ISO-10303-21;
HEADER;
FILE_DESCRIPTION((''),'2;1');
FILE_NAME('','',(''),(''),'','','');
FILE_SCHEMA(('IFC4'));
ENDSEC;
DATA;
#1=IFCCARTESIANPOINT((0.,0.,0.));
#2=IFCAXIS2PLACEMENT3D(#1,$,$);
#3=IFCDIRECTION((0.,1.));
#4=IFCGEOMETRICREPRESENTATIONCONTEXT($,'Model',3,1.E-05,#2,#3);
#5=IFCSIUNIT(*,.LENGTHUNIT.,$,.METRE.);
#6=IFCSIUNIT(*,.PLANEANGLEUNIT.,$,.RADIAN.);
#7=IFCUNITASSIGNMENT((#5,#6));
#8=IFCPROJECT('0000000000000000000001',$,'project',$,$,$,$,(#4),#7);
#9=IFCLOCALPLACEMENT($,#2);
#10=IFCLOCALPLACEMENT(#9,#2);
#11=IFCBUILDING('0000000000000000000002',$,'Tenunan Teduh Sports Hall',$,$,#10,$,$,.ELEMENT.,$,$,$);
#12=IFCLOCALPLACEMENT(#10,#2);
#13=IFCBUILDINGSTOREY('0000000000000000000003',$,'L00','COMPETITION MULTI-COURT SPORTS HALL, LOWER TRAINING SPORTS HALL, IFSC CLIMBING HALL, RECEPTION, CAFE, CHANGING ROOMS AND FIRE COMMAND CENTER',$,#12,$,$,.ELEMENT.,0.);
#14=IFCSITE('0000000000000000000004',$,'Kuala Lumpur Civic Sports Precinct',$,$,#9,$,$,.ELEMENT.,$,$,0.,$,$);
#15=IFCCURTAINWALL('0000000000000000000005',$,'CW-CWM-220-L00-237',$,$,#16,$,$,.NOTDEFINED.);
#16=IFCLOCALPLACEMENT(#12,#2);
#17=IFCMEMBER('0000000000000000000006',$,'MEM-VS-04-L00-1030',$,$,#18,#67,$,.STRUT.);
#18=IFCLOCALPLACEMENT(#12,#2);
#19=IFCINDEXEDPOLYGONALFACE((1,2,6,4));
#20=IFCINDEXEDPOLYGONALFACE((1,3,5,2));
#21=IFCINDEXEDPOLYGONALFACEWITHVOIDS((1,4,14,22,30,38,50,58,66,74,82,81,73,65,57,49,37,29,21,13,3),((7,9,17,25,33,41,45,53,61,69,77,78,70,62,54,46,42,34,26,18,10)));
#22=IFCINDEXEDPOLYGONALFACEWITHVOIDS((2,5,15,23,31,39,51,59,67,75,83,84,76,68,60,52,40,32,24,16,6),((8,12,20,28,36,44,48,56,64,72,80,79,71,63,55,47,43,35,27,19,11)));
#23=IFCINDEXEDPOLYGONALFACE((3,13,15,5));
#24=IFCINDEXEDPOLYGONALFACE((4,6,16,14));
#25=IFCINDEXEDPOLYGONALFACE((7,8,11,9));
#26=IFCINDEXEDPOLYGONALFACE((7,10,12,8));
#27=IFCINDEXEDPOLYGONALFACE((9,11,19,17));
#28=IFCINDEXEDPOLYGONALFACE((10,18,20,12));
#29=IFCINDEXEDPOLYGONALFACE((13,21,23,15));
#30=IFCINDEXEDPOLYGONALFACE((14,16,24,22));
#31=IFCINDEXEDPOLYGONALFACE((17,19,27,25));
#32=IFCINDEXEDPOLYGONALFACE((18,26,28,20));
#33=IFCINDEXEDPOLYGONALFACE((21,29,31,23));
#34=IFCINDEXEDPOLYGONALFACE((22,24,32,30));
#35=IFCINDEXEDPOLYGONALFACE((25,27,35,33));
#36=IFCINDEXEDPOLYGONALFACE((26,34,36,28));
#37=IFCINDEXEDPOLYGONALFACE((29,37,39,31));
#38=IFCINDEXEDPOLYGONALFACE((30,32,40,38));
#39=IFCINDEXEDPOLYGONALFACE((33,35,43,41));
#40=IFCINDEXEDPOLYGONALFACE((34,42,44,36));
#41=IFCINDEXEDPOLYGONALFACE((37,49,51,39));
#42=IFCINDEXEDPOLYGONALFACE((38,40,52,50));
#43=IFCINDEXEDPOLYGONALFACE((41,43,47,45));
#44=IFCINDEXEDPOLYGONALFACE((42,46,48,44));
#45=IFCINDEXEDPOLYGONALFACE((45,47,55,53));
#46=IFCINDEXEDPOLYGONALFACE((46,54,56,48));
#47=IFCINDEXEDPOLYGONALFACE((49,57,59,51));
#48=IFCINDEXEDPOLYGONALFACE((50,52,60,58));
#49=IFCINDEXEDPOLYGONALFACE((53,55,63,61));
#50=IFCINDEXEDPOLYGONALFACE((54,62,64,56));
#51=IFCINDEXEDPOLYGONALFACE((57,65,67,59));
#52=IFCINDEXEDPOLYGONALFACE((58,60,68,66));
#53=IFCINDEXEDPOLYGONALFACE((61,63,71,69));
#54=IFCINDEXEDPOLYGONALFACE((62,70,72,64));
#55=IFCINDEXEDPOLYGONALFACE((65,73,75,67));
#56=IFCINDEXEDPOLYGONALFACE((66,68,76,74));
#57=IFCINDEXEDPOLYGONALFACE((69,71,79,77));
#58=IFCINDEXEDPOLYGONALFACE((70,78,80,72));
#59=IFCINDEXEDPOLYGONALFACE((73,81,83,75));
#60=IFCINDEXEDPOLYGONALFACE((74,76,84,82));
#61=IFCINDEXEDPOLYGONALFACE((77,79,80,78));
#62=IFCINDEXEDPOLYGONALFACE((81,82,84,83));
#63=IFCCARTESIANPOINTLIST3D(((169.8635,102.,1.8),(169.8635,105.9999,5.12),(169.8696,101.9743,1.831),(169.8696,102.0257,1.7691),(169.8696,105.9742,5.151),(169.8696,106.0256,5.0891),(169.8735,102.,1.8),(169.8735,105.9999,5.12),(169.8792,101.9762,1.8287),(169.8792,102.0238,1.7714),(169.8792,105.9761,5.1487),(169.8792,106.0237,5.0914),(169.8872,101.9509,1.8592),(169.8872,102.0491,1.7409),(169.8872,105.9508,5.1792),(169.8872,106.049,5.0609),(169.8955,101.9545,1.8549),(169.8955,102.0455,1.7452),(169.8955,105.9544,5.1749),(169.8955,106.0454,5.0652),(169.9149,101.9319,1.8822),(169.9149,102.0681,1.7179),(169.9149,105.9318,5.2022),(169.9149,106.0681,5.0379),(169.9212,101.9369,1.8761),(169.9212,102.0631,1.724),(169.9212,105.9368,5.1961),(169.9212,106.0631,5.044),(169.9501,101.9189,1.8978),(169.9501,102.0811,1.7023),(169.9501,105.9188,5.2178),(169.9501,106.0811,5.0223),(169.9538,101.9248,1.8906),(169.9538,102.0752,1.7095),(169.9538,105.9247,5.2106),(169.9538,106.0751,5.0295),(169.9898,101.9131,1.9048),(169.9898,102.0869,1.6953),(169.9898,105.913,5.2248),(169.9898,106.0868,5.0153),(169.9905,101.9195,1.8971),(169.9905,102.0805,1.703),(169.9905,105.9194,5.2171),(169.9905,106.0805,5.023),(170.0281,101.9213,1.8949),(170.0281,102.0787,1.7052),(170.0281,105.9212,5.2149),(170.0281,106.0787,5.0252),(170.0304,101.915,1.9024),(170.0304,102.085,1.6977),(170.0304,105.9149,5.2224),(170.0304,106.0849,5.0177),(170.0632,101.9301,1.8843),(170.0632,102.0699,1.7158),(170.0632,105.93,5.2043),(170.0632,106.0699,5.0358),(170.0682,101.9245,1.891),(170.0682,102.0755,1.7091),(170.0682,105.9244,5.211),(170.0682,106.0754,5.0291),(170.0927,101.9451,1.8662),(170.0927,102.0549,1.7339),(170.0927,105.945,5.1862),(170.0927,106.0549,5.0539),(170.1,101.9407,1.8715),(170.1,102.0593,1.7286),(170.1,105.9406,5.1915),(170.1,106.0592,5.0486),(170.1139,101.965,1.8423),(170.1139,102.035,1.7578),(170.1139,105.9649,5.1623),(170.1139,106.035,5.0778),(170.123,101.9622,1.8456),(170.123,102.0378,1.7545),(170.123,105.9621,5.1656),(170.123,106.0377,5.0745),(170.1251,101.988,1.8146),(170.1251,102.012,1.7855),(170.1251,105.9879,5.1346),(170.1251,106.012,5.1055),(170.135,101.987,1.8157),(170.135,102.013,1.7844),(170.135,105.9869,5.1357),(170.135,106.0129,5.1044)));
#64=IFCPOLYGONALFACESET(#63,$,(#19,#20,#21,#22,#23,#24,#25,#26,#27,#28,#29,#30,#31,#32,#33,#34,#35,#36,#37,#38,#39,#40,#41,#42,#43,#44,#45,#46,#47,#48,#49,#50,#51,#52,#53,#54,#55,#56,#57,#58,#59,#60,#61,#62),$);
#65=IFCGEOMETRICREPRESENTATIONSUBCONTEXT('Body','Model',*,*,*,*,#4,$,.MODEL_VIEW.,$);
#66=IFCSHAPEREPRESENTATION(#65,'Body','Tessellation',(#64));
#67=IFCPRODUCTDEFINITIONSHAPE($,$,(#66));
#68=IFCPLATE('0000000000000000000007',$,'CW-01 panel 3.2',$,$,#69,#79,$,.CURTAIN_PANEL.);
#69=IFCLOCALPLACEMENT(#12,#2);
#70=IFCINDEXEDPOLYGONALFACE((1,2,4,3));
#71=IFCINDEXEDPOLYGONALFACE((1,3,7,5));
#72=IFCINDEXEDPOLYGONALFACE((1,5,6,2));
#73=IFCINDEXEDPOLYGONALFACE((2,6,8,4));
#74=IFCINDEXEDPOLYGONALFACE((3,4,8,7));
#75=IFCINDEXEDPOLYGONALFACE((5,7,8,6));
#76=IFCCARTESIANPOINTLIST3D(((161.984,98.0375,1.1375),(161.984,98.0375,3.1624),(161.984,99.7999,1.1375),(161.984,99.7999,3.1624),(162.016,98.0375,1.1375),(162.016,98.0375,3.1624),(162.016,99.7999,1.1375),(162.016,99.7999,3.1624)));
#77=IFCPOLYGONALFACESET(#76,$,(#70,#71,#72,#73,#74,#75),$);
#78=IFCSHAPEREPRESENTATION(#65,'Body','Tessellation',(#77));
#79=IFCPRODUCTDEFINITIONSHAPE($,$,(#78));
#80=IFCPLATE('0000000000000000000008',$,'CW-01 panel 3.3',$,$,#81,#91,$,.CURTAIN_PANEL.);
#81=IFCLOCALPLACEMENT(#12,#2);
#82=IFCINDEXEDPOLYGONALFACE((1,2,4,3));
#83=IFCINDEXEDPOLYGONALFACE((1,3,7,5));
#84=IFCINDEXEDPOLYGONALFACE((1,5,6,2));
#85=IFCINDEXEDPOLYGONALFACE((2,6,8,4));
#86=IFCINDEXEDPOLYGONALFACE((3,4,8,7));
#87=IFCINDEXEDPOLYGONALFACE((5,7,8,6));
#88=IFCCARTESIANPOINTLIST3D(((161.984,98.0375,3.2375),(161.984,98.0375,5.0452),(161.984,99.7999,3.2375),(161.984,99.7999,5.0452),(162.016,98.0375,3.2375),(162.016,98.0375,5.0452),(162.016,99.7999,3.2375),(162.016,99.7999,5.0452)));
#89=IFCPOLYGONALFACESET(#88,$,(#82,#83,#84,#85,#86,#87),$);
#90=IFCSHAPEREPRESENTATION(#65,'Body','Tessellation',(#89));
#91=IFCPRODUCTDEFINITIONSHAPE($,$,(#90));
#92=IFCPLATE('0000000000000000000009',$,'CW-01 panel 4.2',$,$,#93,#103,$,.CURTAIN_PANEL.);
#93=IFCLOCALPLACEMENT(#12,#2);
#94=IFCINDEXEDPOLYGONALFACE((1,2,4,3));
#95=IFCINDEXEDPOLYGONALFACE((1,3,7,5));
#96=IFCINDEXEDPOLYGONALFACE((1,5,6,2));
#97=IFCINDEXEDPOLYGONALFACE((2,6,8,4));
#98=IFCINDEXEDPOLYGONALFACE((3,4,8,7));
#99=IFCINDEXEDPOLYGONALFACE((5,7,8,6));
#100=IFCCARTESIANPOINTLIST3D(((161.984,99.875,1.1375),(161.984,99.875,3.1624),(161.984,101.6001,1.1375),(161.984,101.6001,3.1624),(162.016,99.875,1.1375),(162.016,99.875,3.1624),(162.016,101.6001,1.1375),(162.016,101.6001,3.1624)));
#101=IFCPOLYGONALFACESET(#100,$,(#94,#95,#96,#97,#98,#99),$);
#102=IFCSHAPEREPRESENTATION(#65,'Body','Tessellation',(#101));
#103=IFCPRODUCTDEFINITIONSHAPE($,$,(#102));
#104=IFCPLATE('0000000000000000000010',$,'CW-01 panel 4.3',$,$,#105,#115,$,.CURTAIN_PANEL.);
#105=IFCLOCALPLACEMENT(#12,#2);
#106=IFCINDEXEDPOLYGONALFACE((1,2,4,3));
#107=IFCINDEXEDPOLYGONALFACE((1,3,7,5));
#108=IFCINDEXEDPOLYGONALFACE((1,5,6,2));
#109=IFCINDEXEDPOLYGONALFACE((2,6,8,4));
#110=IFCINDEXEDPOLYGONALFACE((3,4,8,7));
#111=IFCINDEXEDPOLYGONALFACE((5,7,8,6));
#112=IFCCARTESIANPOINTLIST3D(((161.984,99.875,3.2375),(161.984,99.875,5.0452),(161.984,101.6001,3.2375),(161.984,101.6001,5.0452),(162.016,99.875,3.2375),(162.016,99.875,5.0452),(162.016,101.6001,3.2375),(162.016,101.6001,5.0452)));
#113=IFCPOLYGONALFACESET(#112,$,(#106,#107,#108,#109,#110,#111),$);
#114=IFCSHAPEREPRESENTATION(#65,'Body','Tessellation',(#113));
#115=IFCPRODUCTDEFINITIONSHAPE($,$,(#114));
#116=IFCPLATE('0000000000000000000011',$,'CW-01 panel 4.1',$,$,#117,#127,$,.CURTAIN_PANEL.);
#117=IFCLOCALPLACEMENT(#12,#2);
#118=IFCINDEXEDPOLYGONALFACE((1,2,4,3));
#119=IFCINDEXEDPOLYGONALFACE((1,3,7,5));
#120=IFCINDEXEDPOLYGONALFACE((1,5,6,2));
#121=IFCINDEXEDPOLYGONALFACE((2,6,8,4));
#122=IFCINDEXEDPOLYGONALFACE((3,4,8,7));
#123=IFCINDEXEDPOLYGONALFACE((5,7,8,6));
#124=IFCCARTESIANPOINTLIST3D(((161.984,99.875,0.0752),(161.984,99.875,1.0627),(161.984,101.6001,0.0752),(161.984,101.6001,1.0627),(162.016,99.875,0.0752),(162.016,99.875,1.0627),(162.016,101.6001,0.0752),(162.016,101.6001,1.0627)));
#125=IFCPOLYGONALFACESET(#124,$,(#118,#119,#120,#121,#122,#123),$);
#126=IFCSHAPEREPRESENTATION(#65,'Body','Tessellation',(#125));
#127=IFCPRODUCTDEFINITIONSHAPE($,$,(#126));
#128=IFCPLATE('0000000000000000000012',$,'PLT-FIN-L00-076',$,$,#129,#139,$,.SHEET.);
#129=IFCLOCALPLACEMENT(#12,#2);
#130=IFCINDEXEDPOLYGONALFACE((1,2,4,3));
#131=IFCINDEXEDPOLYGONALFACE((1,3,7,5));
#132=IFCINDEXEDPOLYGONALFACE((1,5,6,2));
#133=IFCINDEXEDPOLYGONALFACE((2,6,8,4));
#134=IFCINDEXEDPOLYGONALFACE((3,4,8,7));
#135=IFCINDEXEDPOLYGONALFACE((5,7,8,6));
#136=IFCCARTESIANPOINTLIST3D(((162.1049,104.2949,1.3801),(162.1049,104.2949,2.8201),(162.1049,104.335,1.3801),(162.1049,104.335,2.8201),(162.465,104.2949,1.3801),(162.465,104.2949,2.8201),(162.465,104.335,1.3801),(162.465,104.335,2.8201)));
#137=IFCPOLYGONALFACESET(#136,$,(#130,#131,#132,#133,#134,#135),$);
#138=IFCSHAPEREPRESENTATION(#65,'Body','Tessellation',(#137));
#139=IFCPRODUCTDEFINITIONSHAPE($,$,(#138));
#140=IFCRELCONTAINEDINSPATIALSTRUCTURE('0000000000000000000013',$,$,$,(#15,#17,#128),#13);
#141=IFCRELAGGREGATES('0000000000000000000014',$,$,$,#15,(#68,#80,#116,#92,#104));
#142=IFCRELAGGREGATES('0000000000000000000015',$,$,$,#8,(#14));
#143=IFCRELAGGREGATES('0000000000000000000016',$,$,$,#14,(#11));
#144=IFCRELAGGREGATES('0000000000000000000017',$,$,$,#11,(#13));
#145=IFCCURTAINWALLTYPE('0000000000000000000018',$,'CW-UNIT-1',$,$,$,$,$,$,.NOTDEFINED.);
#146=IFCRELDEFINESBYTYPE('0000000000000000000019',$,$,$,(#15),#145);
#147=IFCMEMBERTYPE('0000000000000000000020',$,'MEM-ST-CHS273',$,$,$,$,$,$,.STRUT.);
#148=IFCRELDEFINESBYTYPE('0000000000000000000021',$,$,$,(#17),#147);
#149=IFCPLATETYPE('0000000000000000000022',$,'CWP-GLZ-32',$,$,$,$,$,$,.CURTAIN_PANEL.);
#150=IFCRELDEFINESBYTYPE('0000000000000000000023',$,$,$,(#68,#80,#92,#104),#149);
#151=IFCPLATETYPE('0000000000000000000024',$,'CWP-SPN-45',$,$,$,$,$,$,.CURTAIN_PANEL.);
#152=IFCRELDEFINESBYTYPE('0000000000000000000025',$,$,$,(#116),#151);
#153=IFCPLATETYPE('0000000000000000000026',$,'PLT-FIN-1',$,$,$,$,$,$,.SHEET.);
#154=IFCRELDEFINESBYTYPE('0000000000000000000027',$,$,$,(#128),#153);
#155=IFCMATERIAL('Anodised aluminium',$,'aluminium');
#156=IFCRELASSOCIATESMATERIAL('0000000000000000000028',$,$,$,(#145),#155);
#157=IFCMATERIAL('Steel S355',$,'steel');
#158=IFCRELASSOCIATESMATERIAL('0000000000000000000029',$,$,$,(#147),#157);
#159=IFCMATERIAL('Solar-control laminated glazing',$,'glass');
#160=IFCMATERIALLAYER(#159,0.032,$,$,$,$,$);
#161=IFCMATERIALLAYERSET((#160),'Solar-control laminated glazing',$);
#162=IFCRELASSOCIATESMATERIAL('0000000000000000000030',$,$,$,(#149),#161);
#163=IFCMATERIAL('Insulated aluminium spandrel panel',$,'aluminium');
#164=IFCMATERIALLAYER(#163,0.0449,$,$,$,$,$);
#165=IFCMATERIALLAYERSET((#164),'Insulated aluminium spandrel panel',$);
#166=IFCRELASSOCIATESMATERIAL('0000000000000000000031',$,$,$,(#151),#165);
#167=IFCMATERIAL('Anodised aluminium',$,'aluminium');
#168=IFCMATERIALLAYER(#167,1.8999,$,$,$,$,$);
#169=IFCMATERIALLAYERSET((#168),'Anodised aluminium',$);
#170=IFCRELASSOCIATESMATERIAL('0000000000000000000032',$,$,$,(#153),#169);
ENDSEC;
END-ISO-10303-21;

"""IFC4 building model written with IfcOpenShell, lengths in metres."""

from ifc_helpers import new_model, si_unit, direction, frame, origin, origin_2d, place, context, subcontext, project, spatial, rectangle, hollow_circle, extrude, material, layer, layer_set, material_profile, profile_set, type_object, element, aggregate, save


model = new_model("IFC4")

# Units and contexts
model_context = context("Model", 3, precision=1e-05, world=origin(), true_north=direction((0.0, 1.0)))
body_context = subcontext(model_context, "Body", "Model", "MODEL_VIEW")
ifc_project = project(units=[si_unit("LENGTHUNIT", "METRE"), si_unit("PLANEANGLEUNIT", "RADIAN")], contexts=[model_context])

# Site, building, storey
site_placement = place(None, origin())
site = spatial("IfcSite", under=ifc_project, at=site_placement, Name="Kuala Lumpur Civic Sports Precinct", CompositionType="ELEMENT", RefElevation=0.0)
building_placement = place(site_placement, origin())
building = spatial("IfcBuilding", under=site, at=building_placement, Name="Tenunan Teduh Sports Hall", CompositionType="ELEMENT")
storey_placement = place(building_placement, origin())
storey = spatial("IfcBuildingStorey", under=building, at=storey_placement, Name="L00", Description="COMPETITION MULTI-COURT SPORTS HALL, LOWER TRAINING SPORTS HALL, IFSC CLIMBING HALL, RECEPTION, CAFE, CHANGING ROOMS AND FIRE COMMAND CENTER", CompositionType="ELEMENT", Elevation=0.0)

# Curtain wall
ifc_material_1 = material(Name="Anodised aluminium", Category="aluminium")
curtain_wall_type = type_object("IfcCurtainWallType", Name="CW-UNIT-1", PredefinedType="NOTDEFINED", material=ifc_material_1)
curtain_wall_placement = place(storey_placement, origin())
curtain_wall = element("IfcCurtainWall", 1, at=curtain_wall_placement, inside=storey, type_object=curtain_wall_type, Name="CW-CWM-220-L00-237", PredefinedType="NOTDEFINED")

# Member
ifc_material_2 = material(Name="Steel S355", Category="steel")
ifc_material_profile_1 = material_profile(ifc_material_2, hollow_circle(Radius=0.1365, WallThickness=0.01, at=origin_2d()), Name="CHS 273.0x10.0")
ifc_profile_set_1 = profile_set([ifc_material_profile_1], Name="Steel S355")
member_type_1 = type_object("IfcMemberType", Name="MEM-ST-CHS273", PredefinedType="STRUT", material=ifc_profile_set_1)
for number, where, z_axis, x_axis, name in (
    (2, (170.0, 102.0, 1.8), (0.0, 0.769475, 0.638677), (-1.0, 0.0, 0.0), "MEM-VS-04-L00-1030"),
):
    element("IfcMember", number, at=place(storey_placement, frame(where, z_axis=z_axis, x_axis=x_axis)), inside=storey, type_object=member_type_1, Name=name, PredefinedType="STRUT", context=body_context, shape_type="SweptSolid", body=[
        extrude(hollow_circle(Radius=0.1365, WallThickness=0.01, at=origin_2d()), origin(), (0.0, 0.0, 1.0), 5.1982),
    ])

# Plates
ifc_material_3 = material(Name="Solar-control laminated glazing", Category="glass")
ifc_layer_1 = layer(ifc_material_3, 0.032)
ifc_layer_set_1 = layer_set([ifc_layer_1], Name="Solar-control laminated glazing")
plate_type_1 = type_object("IfcPlateType", Name="CWP-GLZ-32", PredefinedType="CURTAIN_PANEL", material=ifc_layer_set_1)
plate_1_placement = place(storey_placement, frame((162.0, 98.9187, 1.1375), z_axis=(0.0, 0.0, 1.0), x_axis=(0.0, 1.0, 0.0)))
plate_1 = element("IfcPlate", 3, at=plate_1_placement, type_object=plate_type_1, Name="CW-01 panel 3.2", PredefinedType="CURTAIN_PANEL", context=body_context, shape_type="SweptSolid", body=[
    extrude(rectangle(XDim=1.7625, YDim=0.032, at=origin_2d()), origin(), (0.0, 0.0, 1.0), 2.0249),
])
plate_2_placement = place(storey_placement, frame((162.0, 98.9187, 3.2375), z_axis=(0.0, 0.0, 1.0), x_axis=(0.0, 1.0, 0.0)))
plate_2 = element("IfcPlate", 4, at=plate_2_placement, type_object=plate_type_1, Name="CW-01 panel 3.3", PredefinedType="CURTAIN_PANEL", context=body_context, shape_type="SweptSolid", body=[
    extrude(rectangle(XDim=1.7625, YDim=0.032, at=origin_2d()), origin(), (0.0, 0.0, 1.0), 1.8076),
])
plate_3_placement = place(storey_placement, frame((162.0, 100.7375, 1.1375), z_axis=(0.0, 0.0, 1.0), x_axis=(0.0, 1.0, 0.0)))
plate_3 = element("IfcPlate", 5, at=plate_3_placement, type_object=plate_type_1, Name="CW-01 panel 4.2", PredefinedType="CURTAIN_PANEL", context=body_context, shape_type="SweptSolid", body=[
    extrude(rectangle(XDim=1.7251, YDim=0.032, at=origin_2d()), origin(), (0.0, 0.0, 1.0), 2.0249),
])
plate_4_placement = place(storey_placement, frame((162.0, 100.7375, 3.2375), z_axis=(0.0, 0.0, 1.0), x_axis=(0.0, 1.0, 0.0)))
plate_4 = element("IfcPlate", 6, at=plate_4_placement, type_object=plate_type_1, Name="CW-01 panel 4.3", PredefinedType="CURTAIN_PANEL", context=body_context, shape_type="SweptSolid", body=[
    extrude(rectangle(XDim=1.7251, YDim=0.032, at=origin_2d()), origin(), (0.0, 0.0, 1.0), 1.8076),
])
ifc_material_4 = material(Name="Insulated aluminium spandrel panel", Category="aluminium")
ifc_layer_2 = layer(ifc_material_4, 0.0449)
ifc_layer_set_2 = layer_set([ifc_layer_2], Name="Insulated aluminium spandrel panel")
plate_type_2 = type_object("IfcPlateType", Name="CWP-SPN-45", PredefinedType="CURTAIN_PANEL", material=ifc_layer_set_2)
plate_5_placement = place(storey_placement, frame((162.0, 100.7375, 0.0752), z_axis=(0.0, 0.0, 1.0), x_axis=(0.0, 1.0, 0.0)))
plate_5 = element("IfcPlate", 7, at=plate_5_placement, type_object=plate_type_2, Name="CW-01 panel 4.1", PredefinedType="CURTAIN_PANEL", context=body_context, shape_type="SweptSolid", body=[
    extrude(rectangle(XDim=1.7251, YDim=0.032, at=origin_2d()), origin(), (0.0, 0.0, 1.0), 0.9875),
])
aggregate(curtain_wall, [plate_1, plate_2, plate_5, plate_3, plate_4])
ifc_material_5 = material(Name="Anodised aluminium", Category="aluminium")
ifc_layer_3 = layer(ifc_material_5, 1.8999)
ifc_layer_set_3 = layer_set([ifc_layer_3], Name="Anodised aluminium")
plate_type_3 = type_object("IfcPlateType", Name="PLT-FIN-1", PredefinedType="SHEET", material=ifc_layer_set_3)
plate_6_placement = place(storey_placement, frame((162.2849, 104.3149, 1.3801), z_axis=(0.0, 0.0, 1.0), x_axis=(0.0, 1.0, 0.0)))
element("IfcPlate", 8, at=plate_6_placement, inside=storey, type_object=plate_type_3, Name="PLT-FIN-L00-076", PredefinedType="SHEET", context=body_context, shape_type="SweptSolid", body=[
    extrude(rectangle(XDim=0.04, YDim=0.3601, at=origin_2d()), origin(), (0.0, 0.0, 1.0), 1.4399),
])

save(model, "model.ifc")
